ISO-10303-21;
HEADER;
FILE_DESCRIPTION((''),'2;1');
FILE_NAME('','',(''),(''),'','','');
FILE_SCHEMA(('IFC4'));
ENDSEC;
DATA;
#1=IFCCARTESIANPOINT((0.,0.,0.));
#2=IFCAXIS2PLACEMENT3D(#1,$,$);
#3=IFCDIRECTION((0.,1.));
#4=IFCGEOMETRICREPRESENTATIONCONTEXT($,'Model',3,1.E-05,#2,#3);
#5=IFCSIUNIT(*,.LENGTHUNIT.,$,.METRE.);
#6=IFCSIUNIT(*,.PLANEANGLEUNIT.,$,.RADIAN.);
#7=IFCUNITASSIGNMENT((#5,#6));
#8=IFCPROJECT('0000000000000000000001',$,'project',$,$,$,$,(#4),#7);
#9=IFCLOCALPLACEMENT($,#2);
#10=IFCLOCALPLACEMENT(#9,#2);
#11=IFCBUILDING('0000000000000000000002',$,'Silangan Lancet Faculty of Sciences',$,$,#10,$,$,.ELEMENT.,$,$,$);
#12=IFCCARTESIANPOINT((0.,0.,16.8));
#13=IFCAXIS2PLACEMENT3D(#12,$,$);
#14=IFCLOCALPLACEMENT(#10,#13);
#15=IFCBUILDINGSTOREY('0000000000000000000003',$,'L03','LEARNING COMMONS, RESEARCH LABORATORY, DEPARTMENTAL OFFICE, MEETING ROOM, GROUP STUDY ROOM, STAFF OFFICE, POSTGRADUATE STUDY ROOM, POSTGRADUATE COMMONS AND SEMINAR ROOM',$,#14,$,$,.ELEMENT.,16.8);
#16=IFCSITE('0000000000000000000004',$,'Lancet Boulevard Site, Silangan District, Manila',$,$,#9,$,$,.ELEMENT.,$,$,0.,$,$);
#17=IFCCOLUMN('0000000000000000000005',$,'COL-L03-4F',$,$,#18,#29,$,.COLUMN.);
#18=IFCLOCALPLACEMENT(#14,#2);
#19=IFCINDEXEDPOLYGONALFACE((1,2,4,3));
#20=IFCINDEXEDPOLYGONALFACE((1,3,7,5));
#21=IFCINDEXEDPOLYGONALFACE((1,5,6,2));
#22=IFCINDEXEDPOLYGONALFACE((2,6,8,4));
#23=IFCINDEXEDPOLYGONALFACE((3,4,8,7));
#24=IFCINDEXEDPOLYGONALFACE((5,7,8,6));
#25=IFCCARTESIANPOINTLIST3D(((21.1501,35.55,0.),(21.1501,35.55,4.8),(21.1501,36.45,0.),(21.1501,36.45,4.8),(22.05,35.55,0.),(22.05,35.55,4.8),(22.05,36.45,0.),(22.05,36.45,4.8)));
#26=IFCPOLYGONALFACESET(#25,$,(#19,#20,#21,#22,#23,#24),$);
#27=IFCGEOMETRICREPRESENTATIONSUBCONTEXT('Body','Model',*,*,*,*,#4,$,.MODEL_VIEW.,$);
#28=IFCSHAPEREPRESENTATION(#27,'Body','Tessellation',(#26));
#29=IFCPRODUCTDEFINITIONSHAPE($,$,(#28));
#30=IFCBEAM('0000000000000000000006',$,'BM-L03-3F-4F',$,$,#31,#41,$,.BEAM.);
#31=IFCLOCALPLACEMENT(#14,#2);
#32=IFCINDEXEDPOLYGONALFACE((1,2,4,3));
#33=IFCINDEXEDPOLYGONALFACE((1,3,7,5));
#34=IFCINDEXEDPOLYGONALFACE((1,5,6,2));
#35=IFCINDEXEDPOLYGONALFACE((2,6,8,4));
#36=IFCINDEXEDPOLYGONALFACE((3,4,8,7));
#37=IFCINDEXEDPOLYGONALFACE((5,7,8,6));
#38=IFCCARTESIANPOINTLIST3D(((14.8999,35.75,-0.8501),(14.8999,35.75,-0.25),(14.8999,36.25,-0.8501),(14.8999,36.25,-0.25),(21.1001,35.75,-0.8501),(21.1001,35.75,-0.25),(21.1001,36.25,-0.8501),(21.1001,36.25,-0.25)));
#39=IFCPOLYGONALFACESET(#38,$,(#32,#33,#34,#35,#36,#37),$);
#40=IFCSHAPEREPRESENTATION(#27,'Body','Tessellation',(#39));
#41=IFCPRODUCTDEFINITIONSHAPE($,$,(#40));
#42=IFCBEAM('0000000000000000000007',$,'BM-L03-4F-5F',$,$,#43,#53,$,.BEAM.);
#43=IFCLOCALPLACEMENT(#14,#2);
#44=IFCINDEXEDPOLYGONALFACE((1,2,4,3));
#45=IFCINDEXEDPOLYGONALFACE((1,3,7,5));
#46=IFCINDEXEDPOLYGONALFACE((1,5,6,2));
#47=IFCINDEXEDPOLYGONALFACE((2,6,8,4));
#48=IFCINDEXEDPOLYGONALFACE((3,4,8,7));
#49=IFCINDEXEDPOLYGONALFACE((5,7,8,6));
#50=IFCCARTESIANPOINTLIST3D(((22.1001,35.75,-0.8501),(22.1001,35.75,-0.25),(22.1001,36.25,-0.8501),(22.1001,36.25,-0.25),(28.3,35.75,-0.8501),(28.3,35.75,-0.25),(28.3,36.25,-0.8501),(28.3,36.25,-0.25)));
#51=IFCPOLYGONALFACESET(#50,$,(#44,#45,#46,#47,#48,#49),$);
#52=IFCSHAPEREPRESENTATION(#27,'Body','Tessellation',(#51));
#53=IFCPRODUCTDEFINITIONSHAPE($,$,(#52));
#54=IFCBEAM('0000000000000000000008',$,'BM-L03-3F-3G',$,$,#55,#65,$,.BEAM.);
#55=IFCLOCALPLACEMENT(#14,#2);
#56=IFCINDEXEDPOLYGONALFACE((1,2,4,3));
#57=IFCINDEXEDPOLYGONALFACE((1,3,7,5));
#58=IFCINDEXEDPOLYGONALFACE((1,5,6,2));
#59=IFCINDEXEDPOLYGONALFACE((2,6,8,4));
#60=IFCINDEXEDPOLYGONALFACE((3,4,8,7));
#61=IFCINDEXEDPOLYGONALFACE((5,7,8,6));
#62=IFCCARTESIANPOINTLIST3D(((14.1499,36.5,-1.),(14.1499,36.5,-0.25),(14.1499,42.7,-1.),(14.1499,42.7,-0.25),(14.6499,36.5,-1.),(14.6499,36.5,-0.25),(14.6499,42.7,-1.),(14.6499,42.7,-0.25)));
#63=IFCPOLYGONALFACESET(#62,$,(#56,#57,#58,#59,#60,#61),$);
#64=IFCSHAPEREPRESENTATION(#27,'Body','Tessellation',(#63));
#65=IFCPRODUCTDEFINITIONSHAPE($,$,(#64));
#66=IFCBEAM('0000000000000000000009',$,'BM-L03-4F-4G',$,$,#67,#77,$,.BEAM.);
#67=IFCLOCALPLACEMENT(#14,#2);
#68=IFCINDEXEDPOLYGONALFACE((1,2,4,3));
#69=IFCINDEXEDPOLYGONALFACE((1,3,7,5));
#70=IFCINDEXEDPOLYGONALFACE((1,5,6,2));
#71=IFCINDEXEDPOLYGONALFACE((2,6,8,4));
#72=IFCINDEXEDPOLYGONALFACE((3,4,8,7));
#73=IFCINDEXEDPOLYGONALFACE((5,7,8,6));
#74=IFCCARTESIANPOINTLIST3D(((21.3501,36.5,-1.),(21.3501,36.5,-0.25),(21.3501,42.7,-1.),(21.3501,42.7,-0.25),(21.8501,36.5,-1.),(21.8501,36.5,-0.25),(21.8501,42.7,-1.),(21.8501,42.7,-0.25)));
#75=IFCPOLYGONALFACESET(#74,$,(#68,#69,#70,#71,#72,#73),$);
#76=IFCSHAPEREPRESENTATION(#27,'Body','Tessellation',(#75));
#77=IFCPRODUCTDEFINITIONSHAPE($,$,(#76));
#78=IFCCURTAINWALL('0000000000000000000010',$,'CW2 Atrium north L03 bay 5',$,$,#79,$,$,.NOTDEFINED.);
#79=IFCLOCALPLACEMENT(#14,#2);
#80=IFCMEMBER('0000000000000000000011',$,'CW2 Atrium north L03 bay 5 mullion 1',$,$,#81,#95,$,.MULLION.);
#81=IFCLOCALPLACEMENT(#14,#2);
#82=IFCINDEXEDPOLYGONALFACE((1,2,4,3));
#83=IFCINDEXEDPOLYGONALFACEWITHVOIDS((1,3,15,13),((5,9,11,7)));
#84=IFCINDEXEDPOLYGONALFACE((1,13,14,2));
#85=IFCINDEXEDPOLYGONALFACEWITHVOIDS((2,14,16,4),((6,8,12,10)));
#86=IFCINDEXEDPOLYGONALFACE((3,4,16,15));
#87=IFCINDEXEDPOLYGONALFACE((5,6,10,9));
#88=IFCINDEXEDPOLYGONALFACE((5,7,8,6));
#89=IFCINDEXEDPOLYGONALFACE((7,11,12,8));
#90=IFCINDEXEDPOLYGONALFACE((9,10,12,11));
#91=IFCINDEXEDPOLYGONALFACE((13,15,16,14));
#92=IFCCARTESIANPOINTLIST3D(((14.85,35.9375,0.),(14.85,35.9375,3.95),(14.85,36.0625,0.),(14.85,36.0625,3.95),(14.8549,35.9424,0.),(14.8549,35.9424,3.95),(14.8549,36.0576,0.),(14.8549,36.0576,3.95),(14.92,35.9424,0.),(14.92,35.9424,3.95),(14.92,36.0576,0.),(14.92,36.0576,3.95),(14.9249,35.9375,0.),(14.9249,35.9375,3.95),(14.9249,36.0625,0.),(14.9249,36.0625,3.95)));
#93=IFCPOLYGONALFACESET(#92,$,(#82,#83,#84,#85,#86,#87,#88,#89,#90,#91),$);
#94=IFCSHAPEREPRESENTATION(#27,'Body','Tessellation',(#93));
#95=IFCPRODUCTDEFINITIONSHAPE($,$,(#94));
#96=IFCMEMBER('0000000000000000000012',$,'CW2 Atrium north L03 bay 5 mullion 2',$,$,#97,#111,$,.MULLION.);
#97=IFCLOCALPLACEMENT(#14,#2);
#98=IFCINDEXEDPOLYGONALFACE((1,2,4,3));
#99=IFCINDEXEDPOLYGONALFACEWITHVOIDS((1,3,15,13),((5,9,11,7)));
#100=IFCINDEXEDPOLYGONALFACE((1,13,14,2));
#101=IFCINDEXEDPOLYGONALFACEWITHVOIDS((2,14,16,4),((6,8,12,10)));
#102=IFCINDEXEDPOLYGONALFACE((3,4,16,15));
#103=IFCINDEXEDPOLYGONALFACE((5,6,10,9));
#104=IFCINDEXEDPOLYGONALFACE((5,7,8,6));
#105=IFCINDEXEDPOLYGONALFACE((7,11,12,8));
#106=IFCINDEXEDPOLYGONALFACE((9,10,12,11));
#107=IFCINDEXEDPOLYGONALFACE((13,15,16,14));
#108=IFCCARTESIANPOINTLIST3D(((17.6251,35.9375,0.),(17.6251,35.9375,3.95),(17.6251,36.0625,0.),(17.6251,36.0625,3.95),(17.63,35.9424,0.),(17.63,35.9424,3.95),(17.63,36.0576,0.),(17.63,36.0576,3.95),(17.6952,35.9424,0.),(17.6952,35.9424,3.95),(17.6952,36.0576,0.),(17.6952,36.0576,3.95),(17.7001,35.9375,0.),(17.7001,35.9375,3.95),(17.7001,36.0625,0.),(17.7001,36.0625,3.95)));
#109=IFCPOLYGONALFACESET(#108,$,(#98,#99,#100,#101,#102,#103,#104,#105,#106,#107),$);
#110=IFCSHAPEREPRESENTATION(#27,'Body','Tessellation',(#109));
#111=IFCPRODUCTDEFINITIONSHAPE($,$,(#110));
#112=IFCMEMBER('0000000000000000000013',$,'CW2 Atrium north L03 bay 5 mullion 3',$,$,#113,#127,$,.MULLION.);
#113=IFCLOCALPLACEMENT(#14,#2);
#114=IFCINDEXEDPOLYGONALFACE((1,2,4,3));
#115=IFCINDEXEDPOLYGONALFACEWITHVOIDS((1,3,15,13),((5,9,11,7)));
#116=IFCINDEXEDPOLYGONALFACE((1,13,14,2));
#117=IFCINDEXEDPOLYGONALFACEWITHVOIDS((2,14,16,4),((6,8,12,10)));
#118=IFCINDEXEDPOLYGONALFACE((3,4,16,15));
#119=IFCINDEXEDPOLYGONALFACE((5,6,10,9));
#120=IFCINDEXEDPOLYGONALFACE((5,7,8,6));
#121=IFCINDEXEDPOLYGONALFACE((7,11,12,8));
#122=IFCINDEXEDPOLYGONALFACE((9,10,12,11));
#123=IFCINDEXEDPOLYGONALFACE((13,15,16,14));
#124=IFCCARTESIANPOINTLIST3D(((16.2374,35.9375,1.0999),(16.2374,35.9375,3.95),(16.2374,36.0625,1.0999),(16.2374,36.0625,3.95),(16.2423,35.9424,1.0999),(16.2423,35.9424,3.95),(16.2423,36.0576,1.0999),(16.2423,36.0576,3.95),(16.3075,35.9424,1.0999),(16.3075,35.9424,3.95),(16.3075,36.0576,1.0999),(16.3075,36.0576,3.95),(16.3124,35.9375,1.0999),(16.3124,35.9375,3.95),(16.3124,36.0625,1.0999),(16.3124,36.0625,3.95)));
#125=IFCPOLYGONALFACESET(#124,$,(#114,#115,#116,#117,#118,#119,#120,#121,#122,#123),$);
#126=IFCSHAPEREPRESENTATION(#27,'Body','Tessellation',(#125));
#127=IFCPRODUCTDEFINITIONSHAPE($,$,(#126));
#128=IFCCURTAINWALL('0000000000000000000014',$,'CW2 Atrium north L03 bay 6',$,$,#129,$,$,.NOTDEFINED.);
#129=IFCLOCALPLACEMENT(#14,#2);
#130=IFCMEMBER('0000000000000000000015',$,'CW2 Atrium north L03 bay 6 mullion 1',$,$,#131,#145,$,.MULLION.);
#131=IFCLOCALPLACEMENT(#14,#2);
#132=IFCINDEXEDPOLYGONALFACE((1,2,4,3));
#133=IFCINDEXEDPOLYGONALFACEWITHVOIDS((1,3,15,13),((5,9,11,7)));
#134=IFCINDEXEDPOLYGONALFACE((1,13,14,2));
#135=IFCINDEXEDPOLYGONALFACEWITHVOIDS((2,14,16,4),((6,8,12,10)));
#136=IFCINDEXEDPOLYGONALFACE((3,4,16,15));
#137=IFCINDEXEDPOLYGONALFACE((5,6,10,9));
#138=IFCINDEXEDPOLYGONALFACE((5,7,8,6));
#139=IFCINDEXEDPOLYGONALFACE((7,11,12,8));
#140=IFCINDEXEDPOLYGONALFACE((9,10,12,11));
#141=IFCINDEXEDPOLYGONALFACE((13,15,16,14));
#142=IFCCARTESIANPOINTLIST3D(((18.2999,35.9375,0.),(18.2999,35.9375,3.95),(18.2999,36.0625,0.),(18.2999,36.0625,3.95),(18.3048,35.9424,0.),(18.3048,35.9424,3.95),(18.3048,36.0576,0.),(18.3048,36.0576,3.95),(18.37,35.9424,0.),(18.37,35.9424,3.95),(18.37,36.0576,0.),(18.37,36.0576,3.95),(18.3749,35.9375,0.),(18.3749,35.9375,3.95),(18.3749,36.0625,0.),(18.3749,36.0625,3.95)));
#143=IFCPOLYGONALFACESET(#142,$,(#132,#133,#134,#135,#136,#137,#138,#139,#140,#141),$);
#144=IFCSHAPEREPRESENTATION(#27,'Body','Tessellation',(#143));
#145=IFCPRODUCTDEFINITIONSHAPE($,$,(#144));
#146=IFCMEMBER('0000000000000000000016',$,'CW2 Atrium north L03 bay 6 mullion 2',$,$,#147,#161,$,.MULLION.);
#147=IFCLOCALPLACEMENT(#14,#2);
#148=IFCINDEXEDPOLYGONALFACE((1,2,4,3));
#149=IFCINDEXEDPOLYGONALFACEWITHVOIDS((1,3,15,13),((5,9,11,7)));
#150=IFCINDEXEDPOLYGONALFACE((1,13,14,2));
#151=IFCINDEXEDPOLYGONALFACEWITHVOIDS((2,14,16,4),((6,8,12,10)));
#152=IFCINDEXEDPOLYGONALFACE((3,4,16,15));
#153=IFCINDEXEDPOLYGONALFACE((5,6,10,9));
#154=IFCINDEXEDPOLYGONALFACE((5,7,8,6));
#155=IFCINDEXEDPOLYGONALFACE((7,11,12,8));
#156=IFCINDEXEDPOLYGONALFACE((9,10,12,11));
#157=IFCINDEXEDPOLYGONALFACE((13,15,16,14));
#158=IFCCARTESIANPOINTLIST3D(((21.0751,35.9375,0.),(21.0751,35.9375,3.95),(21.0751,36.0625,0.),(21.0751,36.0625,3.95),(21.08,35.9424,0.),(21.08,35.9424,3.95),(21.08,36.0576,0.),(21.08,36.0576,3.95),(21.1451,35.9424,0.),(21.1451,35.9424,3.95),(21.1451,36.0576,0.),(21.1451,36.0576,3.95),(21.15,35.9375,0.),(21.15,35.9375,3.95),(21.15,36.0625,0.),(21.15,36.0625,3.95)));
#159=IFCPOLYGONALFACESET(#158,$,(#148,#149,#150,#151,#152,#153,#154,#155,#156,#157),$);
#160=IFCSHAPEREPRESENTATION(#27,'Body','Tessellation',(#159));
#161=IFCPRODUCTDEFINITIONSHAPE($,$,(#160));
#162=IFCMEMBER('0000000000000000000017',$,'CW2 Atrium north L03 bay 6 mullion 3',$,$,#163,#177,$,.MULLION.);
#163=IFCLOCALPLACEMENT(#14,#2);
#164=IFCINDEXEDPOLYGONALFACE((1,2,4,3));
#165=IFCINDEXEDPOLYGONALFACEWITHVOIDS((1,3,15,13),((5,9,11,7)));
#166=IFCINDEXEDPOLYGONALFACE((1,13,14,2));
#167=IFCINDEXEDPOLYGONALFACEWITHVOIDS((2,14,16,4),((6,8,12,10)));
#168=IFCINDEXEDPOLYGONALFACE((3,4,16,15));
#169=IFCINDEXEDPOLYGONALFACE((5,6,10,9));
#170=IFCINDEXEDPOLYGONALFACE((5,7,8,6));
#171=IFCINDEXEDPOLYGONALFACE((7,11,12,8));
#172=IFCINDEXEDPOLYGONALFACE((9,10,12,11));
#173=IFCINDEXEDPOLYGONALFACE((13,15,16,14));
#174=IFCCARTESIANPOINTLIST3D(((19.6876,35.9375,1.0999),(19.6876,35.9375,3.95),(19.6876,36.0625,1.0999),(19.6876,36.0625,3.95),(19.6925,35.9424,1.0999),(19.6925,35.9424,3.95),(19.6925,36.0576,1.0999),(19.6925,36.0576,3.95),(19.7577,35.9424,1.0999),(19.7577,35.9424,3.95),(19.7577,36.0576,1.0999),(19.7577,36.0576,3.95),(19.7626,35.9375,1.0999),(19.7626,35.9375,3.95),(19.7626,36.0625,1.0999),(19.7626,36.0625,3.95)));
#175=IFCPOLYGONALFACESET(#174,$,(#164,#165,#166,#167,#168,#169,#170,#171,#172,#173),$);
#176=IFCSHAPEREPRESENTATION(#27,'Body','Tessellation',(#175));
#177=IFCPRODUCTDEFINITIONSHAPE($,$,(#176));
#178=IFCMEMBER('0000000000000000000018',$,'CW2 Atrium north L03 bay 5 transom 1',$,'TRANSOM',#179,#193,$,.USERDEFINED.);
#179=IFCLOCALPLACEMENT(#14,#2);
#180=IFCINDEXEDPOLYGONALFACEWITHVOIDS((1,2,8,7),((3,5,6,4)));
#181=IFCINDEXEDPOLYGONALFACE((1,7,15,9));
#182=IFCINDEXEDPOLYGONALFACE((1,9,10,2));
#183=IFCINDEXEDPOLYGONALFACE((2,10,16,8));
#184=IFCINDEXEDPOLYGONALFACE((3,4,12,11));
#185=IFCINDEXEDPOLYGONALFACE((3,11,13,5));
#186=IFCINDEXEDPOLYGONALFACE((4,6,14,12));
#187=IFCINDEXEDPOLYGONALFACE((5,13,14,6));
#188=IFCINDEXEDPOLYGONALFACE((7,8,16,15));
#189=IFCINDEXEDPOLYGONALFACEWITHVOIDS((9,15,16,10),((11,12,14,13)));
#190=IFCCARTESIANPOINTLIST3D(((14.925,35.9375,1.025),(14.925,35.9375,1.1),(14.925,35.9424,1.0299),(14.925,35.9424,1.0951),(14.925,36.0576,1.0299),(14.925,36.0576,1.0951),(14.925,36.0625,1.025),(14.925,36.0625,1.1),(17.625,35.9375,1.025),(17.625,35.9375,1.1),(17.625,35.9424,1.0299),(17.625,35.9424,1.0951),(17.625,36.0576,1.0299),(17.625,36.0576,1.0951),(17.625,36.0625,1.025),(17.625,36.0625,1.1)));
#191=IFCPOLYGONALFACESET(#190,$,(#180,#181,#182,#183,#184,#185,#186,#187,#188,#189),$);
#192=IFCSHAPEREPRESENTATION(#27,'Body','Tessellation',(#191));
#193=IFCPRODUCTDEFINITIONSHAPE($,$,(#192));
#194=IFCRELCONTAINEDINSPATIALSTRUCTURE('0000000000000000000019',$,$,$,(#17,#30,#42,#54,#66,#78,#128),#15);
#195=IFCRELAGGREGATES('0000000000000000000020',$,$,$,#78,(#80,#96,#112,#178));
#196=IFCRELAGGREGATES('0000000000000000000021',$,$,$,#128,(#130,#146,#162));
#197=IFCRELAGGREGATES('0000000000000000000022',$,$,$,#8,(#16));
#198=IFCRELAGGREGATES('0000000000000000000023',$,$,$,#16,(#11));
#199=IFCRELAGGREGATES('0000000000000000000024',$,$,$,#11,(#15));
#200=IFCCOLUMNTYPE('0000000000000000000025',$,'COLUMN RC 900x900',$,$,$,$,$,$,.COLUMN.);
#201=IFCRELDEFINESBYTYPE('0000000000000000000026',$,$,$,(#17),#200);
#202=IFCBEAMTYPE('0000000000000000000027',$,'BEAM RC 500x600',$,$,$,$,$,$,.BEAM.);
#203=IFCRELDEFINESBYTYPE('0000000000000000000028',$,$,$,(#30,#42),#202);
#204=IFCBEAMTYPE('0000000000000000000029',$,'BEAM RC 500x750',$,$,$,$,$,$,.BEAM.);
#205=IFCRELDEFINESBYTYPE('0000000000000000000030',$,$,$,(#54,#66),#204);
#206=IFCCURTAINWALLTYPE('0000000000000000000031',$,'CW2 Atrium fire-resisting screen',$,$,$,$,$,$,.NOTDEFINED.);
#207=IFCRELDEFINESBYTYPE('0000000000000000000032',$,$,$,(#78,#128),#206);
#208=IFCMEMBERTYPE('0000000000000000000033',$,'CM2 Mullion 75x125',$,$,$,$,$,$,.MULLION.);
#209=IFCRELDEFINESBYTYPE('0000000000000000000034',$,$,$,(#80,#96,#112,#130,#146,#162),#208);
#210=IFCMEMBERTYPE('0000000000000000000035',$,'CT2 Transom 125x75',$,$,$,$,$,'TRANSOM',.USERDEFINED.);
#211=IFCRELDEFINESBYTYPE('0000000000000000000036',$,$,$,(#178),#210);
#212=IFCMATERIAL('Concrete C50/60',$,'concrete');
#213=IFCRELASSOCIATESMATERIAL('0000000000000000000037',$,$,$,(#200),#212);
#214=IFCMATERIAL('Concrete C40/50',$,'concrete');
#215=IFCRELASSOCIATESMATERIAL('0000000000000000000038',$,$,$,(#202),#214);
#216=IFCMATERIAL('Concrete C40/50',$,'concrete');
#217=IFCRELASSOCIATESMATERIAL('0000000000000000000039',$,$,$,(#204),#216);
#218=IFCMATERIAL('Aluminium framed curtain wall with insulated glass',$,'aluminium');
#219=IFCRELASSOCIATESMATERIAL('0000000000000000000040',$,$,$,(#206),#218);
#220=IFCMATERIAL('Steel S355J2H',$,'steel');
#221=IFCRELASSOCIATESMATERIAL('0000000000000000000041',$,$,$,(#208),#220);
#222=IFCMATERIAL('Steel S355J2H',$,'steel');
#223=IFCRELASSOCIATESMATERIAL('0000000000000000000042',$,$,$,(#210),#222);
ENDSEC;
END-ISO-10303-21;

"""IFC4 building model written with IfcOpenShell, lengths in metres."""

from ifc_helpers import new_model, si_unit, direction, frame, origin, origin_2d, place, context, subcontext, project, spatial, rectangle, hollow_rectangle, extrude, material, material_profile, profile_set, type_object, element, aggregate, save


model = new_model("IFC4")

# Units and contexts
model_context = context("Model", 3, precision=1e-05, world=origin(), true_north=direction((0.0, 1.0)))
body_context = subcontext(model_context, "Body", "Model", "MODEL_VIEW")
ifc_project = project(units=[si_unit("LENGTHUNIT", "METRE"), si_unit("PLANEANGLEUNIT", "RADIAN")], contexts=[model_context])

# Site, building, storey
site_placement = place(None, origin())
site = spatial("IfcSite", under=ifc_project, at=site_placement, Name="Lancet Boulevard Site, Silangan District, Manila", CompositionType="ELEMENT", RefElevation=0.0)
building_placement = place(site_placement, origin())
building = spatial("IfcBuilding", under=site, at=building_placement, Name="Silangan Lancet Faculty of Sciences", CompositionType="ELEMENT")
storey_placement = place(building_placement, frame((0.0, 0.0, 16.8)))
storey = spatial("IfcBuildingStorey", under=building, at=storey_placement, Name="L03", Description="LEARNING COMMONS, RESEARCH LABORATORY, DEPARTMENTAL OFFICE, MEETING ROOM, GROUP STUDY ROOM, STAFF OFFICE, POSTGRADUATE STUDY ROOM, POSTGRADUATE COMMONS AND SEMINAR ROOM", CompositionType="ELEMENT", Elevation=16.8)

# Column
ifc_material_1 = material(Name="Concrete C50/60", Category="concrete")
ifc_material_profile_1 = material_profile(ifc_material_1, rectangle(XDim=0.8999, YDim=0.8999, at=origin_2d()), Name="RC 900x900")
ifc_profile_set_1 = profile_set([ifc_material_profile_1], Name="Concrete C50/60")
column_type = type_object("IfcColumnType", Name="COLUMN RC 900x900", PredefinedType="COLUMN", material=ifc_profile_set_1)
column_placement = place(storey_placement, frame((21.6001, 36.0, 0.0), z_axis=(0.0, 0.0, 1.0), x_axis=(1.0, 0.0, 0.0)))
element("IfcColumn", 1, at=column_placement, inside=storey, type_object=column_type, Name="COL-L03-4F", PredefinedType="COLUMN", context=body_context, shape_type="SweptSolid", body=[
    extrude(rectangle(XDim=0.8999, YDim=0.8999, at=origin_2d()), origin(), (0.0, 0.0, 1.0), 4.8),
])

# Beams
ifc_material_2 = material(Name="Concrete C40/50", Category="concrete")
ifc_material_profile_2 = material_profile(ifc_material_2, rectangle(XDim=0.5, YDim=0.6001, at=origin_2d()), Name="RC 500x600")
ifc_profile_set_2 = profile_set([ifc_material_profile_2], Name="Concrete C40/50")
beam_type_1 = type_object("IfcBeamType", Name="BEAM RC 500x600", PredefinedType="BEAM", material=ifc_profile_set_2)
beam_1_placement = place(storey_placement, frame((14.8999, 36.0, -0.55), z_axis=(1.0, 0.0, 0.0), x_axis=(0.0, 1.0, 0.0)))
element("IfcBeam", 2, at=beam_1_placement, inside=storey, type_object=beam_type_1, Name="BM-L03-3F-4F", PredefinedType="BEAM", context=body_context, shape_type="SweptSolid", body=[
    extrude(rectangle(XDim=0.5, YDim=0.6001, at=origin_2d()), origin(), (0.0, 0.0, 1.0), 6.2002),
])
beam_2_placement = place(storey_placement, frame((22.1001, 36.0, -0.55), z_axis=(1.0, 0.0, 0.0), x_axis=(0.0, 1.0, 0.0)))
element("IfcBeam", 3, at=beam_2_placement, inside=storey, type_object=beam_type_1, Name="BM-L03-4F-5F", PredefinedType="BEAM", context=body_context, shape_type="SweptSolid", body=[
    extrude(rectangle(XDim=0.5, YDim=0.6001, at=origin_2d()), origin(), (0.0, 0.0, 1.0), 6.2),
])
ifc_material_3 = material(Name="Concrete C40/50", Category="concrete")
ifc_material_profile_3 = material_profile(ifc_material_3, rectangle(XDim=0.5, YDim=0.75, at=origin_2d()), Name="RC 500x750")
ifc_profile_set_3 = profile_set([ifc_material_profile_3], Name="Concrete C40/50")
beam_type_2 = type_object("IfcBeamType", Name="BEAM RC 500x750", PredefinedType="BEAM", material=ifc_profile_set_3)
for number, where, z_axis, x_axis, name in (
    (4, (14.3999, 36.5, -0.625), (0.0, 1.0, 0.0), (-1.0, 0.0, 0.0), "BM-L03-3F-3G"),
    (5, (21.6001, 36.5, -0.625), (0.0, 1.0, 0.0), (-1.0, 0.0, 0.0), "BM-L03-4F-4G"),
):
    element("IfcBeam", number, at=place(storey_placement, frame(where, z_axis=z_axis, x_axis=x_axis)), inside=storey, type_object=beam_type_2, Name=name, PredefinedType="BEAM", context=body_context, shape_type="SweptSolid", body=[
        extrude(rectangle(XDim=0.5, YDim=0.75, at=origin_2d()), origin(), (0.0, 0.0, 1.0), 6.2),
    ])

# Curtain walls, members
ifc_material_4 = material(Name="Aluminium framed curtain wall with insulated glass", Category="aluminium")
curtain_wall_type = type_object("IfcCurtainWallType", Name="CW2 Atrium fire-resisting screen", PredefinedType="NOTDEFINED", material=ifc_material_4)
curtain_wall_1_placement = place(storey_placement, origin())
curtain_wall_1 = element("IfcCurtainWall", 6, at=curtain_wall_1_placement, inside=storey, type_object=curtain_wall_type, Name="CW2 Atrium north L03 bay 5", PredefinedType="NOTDEFINED")
ifc_material_5 = material(Name="Steel S355J2H", Category="steel")
ifc_material_profile_4 = material_profile(ifc_material_5, hollow_rectangle(XDim=0.075, YDim=0.125, WallThickness=0.0049, at=origin_2d()), Name="ST BOX 75x125x5")
ifc_profile_set_4 = profile_set([ifc_material_profile_4], Name="Steel S355J2H")
member_type_1 = type_object("IfcMemberType", Name="CM2 Mullion 75x125", PredefinedType="MULLION", material=ifc_profile_set_4)
member_1_placement = place(storey_placement, frame((14.8875, 36.0, 0.0), z_axis=(0.0, 0.0, 1.0), x_axis=(1.0, 0.0, 0.0)))
member_1 = element("IfcMember", 7, at=member_1_placement, type_object=member_type_1, Name="CW2 Atrium north L03 bay 5 mullion 1", PredefinedType="MULLION", context=body_context, shape_type="SweptSolid", body=[
    extrude(hollow_rectangle(XDim=0.075, YDim=0.125, WallThickness=0.0049, at=origin_2d()), origin(), (0.0, 0.0, 1.0), 3.95),
])
member_2_placement = place(storey_placement, frame((17.6626, 36.0, 0.0), z_axis=(0.0, 0.0, 1.0), x_axis=(1.0, 0.0, 0.0)))
member_2 = element("IfcMember", 8, at=member_2_placement, type_object=member_type_1, Name="CW2 Atrium north L03 bay 5 mullion 2", PredefinedType="MULLION", context=body_context, shape_type="SweptSolid", body=[
    extrude(hollow_rectangle(XDim=0.075, YDim=0.125, WallThickness=0.0049, at=origin_2d()), origin(), (0.0, 0.0, 1.0), 3.95),
])
member_3_placement = place(storey_placement, frame((16.2749, 36.0, 1.0999), z_axis=(0.0, 0.0, 1.0), x_axis=(1.0, 0.0, 0.0)))
member_3 = element("IfcMember", 9, at=member_3_placement, type_object=member_type_1, Name="CW2 Atrium north L03 bay 5 mullion 3", PredefinedType="MULLION", context=body_context, shape_type="SweptSolid", body=[
    extrude(hollow_rectangle(XDim=0.075, YDim=0.125, WallThickness=0.0049, at=origin_2d()), origin(), (0.0, 0.0, 1.0), 2.8501),
])
curtain_wall_2_placement = place(storey_placement, origin())
curtain_wall_2 = element("IfcCurtainWall", 10, at=curtain_wall_2_placement, inside=storey, type_object=curtain_wall_type, Name="CW2 Atrium north L03 bay 6", PredefinedType="NOTDEFINED")
member_4_placement = place(storey_placement, frame((18.3374, 36.0, 0.0), z_axis=(0.0, 0.0, 1.0), x_axis=(1.0, 0.0, 0.0)))
member_4 = element("IfcMember", 11, at=member_4_placement, type_object=member_type_1, Name="CW2 Atrium north L03 bay 6 mullion 1", PredefinedType="MULLION", context=body_context, shape_type="SweptSolid", body=[
    extrude(hollow_rectangle(XDim=0.075, YDim=0.125, WallThickness=0.0049, at=origin_2d()), origin(), (0.0, 0.0, 1.0), 3.95),
])
member_5_placement = place(storey_placement, frame((21.1125, 36.0, 0.0), z_axis=(0.0, 0.0, 1.0), x_axis=(1.0, 0.0, 0.0)))
member_5 = element("IfcMember", 12, at=member_5_placement, type_object=member_type_1, Name="CW2 Atrium north L03 bay 6 mullion 2", PredefinedType="MULLION", context=body_context, shape_type="SweptSolid", body=[
    extrude(hollow_rectangle(XDim=0.075, YDim=0.125, WallThickness=0.0049, at=origin_2d()), origin(), (0.0, 0.0, 1.0), 3.95),
])
member_6_placement = place(storey_placement, frame((19.7251, 36.0, 1.0999), z_axis=(0.0, 0.0, 1.0), x_axis=(1.0, 0.0, 0.0)))
member_6 = element("IfcMember", 13, at=member_6_placement, type_object=member_type_1, Name="CW2 Atrium north L03 bay 6 mullion 3", PredefinedType="MULLION", context=body_context, shape_type="SweptSolid", body=[
    extrude(hollow_rectangle(XDim=0.075, YDim=0.125, WallThickness=0.0049, at=origin_2d()), origin(), (0.0, 0.0, 1.0), 2.8501),
])

# Member
ifc_material_6 = material(Name="Steel S355J2H", Category="steel")
ifc_material_profile_5 = material_profile(ifc_material_6, hollow_rectangle(XDim=0.125, YDim=0.075, WallThickness=0.0049, at=origin_2d()), Name="ST BOX 125x75x5")
ifc_profile_set_5 = profile_set([ifc_material_profile_5], Name="Steel S355J2H")
member_type_2 = type_object("IfcMemberType", Name="CT2 Transom 125x75", ElementType="TRANSOM", PredefinedType="USERDEFINED", material=ifc_profile_set_5)
member_7_placement = place(storey_placement, frame((14.925, 36.0, 1.0625), z_axis=(1.0, 0.0, 0.0), x_axis=(0.0, 1.0, 0.0)))
member_7 = element("IfcMember", 14, at=member_7_placement, type_object=member_type_2, Name="CW2 Atrium north L03 bay 5 transom 1", ObjectType="TRANSOM", PredefinedType="USERDEFINED", context=body_context, shape_type="SweptSolid", body=[
    extrude(hollow_rectangle(XDim=0.125, YDim=0.075, WallThickness=0.0049, at=origin_2d()), origin(), (0.0, 0.0, 1.0), 2.7),
])

aggregate(curtain_wall_1, [member_1, member_2, member_3, member_7])
aggregate(curtain_wall_2, [member_4, member_5, member_6])

save(model, "model.ifc")
